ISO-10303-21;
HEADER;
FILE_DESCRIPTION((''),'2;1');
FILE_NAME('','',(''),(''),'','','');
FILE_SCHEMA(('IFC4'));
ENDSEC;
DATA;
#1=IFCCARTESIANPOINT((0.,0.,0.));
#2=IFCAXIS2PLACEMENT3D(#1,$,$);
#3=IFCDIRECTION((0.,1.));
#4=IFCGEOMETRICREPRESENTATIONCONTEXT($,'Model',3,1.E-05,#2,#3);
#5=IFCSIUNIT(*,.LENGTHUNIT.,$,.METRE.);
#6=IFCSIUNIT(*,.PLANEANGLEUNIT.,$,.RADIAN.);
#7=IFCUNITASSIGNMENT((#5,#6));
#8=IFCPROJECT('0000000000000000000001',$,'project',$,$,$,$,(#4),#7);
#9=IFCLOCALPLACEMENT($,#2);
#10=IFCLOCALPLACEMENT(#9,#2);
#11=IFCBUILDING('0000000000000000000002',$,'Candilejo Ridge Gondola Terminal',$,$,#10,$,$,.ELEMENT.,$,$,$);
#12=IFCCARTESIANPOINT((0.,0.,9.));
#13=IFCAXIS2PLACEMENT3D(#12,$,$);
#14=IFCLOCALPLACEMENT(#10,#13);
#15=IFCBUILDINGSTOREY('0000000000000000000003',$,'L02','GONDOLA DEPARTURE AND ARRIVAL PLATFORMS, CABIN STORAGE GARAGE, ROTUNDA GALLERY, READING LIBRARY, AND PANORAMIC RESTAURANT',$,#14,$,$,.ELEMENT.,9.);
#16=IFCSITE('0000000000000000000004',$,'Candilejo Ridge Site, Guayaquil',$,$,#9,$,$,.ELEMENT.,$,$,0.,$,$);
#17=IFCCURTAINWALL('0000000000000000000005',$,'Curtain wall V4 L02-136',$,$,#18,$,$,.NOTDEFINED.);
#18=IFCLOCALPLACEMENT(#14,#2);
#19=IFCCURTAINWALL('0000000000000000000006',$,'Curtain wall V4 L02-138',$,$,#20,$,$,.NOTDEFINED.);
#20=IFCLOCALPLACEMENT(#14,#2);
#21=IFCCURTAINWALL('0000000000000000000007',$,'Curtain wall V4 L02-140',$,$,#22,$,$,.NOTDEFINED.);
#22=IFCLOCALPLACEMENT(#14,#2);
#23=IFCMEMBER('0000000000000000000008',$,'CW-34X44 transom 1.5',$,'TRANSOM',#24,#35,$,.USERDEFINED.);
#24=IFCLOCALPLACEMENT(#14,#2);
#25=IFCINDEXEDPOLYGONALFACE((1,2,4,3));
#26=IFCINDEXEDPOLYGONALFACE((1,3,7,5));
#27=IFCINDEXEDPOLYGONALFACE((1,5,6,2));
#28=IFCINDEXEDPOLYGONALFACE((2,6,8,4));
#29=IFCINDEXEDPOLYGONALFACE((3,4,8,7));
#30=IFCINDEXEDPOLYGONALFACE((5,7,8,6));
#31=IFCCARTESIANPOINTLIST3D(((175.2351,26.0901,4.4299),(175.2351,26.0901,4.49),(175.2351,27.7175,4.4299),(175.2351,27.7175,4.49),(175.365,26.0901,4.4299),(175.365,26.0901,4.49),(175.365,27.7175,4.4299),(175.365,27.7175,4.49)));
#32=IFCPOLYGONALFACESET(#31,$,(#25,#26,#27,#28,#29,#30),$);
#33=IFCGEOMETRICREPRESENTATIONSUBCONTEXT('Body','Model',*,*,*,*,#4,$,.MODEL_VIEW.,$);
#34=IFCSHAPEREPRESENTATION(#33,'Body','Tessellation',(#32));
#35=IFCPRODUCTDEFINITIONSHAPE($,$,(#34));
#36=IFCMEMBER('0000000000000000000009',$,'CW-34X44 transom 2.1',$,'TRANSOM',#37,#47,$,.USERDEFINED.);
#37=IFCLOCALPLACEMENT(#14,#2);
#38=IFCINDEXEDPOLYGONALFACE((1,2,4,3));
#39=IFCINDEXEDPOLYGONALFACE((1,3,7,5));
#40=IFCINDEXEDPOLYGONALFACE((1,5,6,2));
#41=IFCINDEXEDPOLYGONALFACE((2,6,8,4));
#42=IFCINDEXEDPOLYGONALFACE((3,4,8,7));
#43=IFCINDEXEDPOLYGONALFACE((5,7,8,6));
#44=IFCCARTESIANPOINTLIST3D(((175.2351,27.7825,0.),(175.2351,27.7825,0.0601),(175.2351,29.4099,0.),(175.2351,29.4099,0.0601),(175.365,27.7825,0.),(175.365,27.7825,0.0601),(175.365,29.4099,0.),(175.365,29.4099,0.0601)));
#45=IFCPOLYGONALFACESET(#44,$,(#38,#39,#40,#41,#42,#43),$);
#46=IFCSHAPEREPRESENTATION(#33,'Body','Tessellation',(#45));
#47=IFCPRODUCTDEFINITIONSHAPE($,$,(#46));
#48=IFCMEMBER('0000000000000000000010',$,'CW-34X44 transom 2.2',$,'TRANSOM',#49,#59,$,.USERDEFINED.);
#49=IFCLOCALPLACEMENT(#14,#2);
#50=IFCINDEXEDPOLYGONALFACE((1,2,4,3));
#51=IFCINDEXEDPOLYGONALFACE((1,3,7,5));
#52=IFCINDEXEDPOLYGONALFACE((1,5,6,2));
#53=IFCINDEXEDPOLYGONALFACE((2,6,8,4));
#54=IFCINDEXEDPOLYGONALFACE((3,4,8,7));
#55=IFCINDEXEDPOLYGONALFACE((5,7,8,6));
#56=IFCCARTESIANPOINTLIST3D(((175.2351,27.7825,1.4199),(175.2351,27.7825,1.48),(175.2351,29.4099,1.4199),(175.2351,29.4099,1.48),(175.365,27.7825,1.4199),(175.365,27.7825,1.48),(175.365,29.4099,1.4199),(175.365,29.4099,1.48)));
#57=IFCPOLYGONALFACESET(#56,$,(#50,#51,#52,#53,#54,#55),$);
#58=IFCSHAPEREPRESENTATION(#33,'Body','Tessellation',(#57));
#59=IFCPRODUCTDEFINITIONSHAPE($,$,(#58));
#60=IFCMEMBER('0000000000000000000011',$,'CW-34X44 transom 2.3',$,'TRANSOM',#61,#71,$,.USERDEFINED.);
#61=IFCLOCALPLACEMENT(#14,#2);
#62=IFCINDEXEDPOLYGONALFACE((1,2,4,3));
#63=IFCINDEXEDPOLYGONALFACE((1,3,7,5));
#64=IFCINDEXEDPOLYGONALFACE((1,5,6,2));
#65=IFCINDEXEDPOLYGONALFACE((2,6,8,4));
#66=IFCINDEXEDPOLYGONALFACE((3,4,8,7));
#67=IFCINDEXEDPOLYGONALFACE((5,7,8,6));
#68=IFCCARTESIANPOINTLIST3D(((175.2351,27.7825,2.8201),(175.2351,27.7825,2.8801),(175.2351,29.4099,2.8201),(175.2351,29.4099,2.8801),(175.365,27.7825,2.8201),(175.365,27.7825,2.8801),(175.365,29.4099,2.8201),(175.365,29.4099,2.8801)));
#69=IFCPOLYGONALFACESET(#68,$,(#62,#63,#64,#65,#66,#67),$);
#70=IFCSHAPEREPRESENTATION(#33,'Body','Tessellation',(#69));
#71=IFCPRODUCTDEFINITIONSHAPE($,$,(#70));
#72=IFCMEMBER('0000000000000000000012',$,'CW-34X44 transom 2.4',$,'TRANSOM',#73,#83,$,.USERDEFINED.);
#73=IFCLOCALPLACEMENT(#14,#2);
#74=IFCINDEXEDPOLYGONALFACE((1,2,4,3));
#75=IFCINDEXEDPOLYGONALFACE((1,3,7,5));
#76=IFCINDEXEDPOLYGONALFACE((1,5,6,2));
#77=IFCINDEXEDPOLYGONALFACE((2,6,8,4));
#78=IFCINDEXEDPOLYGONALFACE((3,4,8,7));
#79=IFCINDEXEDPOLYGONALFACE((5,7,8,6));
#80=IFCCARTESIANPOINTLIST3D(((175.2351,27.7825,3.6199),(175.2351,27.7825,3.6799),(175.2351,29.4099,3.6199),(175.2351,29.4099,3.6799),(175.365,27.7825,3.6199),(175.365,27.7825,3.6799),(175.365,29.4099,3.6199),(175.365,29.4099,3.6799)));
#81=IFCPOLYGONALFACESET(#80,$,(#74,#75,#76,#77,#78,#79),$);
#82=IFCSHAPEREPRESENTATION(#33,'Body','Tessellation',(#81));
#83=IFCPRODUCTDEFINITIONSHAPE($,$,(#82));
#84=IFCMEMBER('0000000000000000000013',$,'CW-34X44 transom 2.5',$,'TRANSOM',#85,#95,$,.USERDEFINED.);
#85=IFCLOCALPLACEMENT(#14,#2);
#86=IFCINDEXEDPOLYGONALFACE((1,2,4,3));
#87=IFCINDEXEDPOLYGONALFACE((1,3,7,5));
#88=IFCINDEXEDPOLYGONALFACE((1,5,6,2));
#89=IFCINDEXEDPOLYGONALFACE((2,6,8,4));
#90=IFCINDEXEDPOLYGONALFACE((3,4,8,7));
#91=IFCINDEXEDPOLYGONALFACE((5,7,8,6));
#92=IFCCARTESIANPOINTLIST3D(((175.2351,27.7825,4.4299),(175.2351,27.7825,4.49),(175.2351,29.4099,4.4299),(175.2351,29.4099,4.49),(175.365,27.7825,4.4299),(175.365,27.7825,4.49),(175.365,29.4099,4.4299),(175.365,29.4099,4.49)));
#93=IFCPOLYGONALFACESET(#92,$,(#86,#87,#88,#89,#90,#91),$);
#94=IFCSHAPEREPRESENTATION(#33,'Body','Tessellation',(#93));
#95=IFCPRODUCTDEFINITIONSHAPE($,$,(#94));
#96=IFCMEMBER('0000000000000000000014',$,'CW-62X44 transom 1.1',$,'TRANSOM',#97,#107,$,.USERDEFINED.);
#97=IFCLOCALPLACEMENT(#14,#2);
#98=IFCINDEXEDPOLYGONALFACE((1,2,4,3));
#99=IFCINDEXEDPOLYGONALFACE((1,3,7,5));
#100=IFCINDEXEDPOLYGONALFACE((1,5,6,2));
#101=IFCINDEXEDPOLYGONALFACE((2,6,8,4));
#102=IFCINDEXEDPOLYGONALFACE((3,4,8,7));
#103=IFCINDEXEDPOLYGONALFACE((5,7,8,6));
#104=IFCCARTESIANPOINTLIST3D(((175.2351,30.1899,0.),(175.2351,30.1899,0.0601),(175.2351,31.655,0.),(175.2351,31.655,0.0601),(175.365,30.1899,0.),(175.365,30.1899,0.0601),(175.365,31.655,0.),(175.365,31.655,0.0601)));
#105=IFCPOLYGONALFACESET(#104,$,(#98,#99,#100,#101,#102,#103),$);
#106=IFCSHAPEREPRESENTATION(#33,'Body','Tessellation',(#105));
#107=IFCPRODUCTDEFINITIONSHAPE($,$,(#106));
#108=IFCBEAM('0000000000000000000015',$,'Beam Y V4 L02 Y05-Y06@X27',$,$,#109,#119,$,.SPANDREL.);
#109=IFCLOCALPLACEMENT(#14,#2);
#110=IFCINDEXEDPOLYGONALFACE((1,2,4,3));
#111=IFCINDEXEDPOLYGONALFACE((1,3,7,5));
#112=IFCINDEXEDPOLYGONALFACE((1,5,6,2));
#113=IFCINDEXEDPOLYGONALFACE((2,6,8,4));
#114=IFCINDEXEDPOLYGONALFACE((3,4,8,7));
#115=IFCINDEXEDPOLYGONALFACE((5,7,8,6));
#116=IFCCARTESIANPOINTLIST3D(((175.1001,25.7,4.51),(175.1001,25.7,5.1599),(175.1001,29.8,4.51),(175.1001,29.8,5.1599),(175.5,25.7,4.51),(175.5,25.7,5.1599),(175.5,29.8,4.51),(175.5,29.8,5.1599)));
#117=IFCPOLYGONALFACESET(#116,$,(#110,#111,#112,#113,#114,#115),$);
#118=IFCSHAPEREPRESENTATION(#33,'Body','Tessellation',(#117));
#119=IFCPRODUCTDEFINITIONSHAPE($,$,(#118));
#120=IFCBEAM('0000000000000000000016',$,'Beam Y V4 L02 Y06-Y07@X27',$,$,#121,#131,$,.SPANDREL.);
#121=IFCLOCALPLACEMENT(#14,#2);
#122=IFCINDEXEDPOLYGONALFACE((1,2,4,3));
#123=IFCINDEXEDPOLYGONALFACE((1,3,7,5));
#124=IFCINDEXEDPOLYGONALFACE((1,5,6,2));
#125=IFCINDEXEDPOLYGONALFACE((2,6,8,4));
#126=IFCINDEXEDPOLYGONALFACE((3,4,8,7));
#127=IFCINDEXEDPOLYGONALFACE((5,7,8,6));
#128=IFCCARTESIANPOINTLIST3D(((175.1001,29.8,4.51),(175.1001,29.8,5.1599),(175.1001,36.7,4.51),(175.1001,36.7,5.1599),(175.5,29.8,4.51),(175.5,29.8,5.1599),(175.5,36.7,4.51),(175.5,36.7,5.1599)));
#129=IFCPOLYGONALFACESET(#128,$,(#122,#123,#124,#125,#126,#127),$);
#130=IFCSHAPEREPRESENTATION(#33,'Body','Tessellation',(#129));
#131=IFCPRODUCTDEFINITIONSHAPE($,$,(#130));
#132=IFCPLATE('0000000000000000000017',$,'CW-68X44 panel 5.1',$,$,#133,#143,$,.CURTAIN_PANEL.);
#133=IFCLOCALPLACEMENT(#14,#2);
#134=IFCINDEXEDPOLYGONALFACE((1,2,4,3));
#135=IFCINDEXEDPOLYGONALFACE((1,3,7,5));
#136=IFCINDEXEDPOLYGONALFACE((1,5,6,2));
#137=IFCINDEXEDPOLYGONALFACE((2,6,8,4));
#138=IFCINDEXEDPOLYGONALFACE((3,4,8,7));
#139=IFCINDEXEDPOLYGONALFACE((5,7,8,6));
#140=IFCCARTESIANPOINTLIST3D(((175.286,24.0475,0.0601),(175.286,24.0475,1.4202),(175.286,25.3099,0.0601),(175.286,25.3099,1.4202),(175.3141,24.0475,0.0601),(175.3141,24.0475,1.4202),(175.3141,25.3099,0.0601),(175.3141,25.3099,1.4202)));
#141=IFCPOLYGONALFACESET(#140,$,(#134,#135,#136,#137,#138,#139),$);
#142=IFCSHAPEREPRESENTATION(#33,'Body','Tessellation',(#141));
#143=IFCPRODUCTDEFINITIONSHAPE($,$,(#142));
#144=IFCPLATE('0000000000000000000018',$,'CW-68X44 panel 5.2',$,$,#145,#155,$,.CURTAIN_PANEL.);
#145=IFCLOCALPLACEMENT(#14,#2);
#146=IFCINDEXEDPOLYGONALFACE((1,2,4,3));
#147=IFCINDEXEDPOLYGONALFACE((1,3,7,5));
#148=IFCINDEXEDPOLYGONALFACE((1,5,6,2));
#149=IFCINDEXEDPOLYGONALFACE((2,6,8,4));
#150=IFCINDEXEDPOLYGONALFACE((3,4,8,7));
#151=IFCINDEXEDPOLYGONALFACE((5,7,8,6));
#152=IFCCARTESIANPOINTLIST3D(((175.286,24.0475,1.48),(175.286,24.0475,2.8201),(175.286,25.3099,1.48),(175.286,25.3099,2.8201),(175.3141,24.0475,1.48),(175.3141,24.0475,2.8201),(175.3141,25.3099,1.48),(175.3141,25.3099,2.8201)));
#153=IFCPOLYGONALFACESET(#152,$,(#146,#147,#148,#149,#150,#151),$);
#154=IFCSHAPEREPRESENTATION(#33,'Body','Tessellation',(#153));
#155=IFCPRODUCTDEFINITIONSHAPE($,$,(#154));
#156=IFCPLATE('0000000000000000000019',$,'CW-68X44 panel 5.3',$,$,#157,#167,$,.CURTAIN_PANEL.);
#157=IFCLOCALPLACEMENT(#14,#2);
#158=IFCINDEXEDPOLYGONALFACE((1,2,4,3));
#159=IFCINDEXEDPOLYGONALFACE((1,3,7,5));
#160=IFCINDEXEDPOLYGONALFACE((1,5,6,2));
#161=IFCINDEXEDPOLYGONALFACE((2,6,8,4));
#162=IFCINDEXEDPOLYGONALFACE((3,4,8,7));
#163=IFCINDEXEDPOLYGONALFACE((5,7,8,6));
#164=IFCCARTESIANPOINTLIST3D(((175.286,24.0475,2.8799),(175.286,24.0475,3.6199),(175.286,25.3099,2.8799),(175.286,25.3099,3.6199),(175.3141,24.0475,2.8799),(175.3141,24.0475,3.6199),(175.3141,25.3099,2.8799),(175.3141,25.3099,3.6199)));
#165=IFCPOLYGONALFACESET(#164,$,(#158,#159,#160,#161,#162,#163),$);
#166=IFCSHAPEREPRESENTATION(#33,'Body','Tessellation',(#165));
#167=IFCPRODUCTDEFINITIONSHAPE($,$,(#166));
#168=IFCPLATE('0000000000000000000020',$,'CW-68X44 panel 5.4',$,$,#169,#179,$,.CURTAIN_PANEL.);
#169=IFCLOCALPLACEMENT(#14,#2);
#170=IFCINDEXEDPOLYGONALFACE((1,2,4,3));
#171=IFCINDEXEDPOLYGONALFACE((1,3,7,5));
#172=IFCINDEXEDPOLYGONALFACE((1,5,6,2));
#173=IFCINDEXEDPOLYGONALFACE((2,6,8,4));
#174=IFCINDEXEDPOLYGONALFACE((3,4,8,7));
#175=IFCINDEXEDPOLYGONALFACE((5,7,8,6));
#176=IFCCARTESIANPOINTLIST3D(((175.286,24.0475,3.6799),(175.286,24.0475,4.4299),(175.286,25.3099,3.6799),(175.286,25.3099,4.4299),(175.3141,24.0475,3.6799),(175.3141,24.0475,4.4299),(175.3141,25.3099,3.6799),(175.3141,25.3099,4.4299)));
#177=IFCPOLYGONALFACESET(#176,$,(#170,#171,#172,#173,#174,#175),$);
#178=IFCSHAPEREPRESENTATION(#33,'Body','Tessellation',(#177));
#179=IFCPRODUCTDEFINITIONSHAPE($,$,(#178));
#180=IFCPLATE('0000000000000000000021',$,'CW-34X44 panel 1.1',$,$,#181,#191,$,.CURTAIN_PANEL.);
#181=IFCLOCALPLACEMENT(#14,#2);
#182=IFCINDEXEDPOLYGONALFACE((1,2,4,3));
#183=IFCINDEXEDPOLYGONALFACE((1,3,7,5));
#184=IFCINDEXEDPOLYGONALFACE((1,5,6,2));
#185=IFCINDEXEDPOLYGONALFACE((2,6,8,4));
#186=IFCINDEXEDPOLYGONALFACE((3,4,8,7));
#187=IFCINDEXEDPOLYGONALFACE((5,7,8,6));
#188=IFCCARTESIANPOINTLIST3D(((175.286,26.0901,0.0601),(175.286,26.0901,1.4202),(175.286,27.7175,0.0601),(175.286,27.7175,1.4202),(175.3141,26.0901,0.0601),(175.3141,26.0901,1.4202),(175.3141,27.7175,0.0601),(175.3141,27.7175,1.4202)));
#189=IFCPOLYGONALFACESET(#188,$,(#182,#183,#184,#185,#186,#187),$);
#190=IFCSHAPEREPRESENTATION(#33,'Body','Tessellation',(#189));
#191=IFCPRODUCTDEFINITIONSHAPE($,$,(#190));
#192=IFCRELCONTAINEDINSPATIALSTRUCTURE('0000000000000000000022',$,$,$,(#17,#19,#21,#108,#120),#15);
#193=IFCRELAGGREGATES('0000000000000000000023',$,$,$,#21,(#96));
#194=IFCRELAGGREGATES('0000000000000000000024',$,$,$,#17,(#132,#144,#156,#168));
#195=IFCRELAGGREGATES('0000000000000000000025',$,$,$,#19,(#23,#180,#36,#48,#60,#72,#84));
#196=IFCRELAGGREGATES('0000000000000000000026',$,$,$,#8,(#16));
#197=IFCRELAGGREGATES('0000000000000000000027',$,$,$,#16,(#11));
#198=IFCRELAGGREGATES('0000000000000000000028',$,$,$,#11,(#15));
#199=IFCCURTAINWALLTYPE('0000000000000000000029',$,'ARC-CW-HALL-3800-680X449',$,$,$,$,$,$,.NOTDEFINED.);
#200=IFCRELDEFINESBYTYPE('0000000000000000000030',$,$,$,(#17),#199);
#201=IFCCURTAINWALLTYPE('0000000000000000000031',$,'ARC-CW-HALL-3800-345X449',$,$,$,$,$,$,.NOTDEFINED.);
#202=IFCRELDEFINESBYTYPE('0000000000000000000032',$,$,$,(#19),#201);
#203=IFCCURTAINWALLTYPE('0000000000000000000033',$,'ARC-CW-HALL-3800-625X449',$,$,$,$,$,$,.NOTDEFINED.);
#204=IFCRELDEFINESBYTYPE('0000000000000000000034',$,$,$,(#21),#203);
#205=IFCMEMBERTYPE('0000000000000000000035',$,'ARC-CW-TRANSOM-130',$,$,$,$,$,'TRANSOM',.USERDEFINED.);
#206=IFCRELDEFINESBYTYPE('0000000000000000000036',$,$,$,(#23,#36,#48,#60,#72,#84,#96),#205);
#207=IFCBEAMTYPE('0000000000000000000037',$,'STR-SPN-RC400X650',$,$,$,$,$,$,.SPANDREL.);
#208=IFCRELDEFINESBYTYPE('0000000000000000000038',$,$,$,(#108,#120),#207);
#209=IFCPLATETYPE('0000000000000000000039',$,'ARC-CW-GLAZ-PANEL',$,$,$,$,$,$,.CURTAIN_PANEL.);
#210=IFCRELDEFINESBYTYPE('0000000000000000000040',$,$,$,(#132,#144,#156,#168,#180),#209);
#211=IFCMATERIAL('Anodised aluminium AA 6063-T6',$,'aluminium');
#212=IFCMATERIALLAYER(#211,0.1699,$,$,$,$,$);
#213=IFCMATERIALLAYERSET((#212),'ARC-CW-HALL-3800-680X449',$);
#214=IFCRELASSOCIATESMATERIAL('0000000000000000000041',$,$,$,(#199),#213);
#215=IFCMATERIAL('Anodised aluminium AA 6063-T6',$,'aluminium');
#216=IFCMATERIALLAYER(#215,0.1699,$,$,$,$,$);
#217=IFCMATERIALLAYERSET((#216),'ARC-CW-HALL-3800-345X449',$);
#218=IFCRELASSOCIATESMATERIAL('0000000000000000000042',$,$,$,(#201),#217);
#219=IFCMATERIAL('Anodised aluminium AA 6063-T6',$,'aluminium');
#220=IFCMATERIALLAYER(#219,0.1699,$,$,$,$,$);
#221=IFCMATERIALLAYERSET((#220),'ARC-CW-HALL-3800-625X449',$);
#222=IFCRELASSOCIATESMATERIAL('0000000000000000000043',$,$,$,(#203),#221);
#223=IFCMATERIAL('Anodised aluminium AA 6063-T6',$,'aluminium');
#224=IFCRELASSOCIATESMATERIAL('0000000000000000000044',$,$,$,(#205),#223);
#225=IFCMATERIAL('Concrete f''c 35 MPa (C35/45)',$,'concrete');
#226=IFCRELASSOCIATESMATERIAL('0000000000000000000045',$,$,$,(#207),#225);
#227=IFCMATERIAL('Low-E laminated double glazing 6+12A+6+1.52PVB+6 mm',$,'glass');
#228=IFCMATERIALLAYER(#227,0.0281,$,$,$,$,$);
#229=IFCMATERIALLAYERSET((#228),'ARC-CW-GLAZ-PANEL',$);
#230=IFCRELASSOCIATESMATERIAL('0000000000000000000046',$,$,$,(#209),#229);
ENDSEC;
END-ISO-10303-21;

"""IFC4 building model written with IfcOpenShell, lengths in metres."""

from ifc_helpers import new_model, si_unit, direction, frame, origin, origin_2d, place, context, subcontext, project, spatial, rectangle, extrude, material, layer, layer_set, material_profile, profile_set, type_object, element, aggregate, save


model = new_model("IFC4")

# Units and contexts
model_context = context("Model", 3, precision=1e-05, world=origin(), true_north=direction((0.0, 1.0)))
body_context = subcontext(model_context, "Body", "Model", "MODEL_VIEW")
ifc_project = project(units=[si_unit("LENGTHUNIT", "METRE"), si_unit("PLANEANGLEUNIT", "RADIAN")], contexts=[model_context])

# Site, building, storey
site_placement = place(None, origin())
site = spatial("IfcSite", under=ifc_project, at=site_placement, Name="Candilejo Ridge Site, Guayaquil", CompositionType="ELEMENT", RefElevation=0.0)
building_placement = place(site_placement, origin())
building = spatial("IfcBuilding", under=site, at=building_placement, Name="Candilejo Ridge Gondola Terminal", CompositionType="ELEMENT")
storey_placement = place(building_placement, frame((0.0, 0.0, 9.0)))
storey = spatial("IfcBuildingStorey", under=building, at=storey_placement, Name="L02", Description="GONDOLA DEPARTURE AND ARRIVAL PLATFORMS, CABIN STORAGE GARAGE, ROTUNDA GALLERY, READING LIBRARY, AND PANORAMIC RESTAURANT", CompositionType="ELEMENT", Elevation=9.0)

# Curtain wall
ifc_material_1 = material(Name="Anodised aluminium AA 6063-T6", Category="aluminium")
ifc_layer_1 = layer(ifc_material_1, 0.1699)
ifc_layer_set_1 = layer_set([ifc_layer_1], Name="ARC-CW-HALL-3800-680X449")
curtain_wall_type_1 = type_object("IfcCurtainWallType", Name="ARC-CW-HALL-3800-680X449", PredefinedType="NOTDEFINED", material=ifc_layer_set_1)
curtain_wall_1_placement = place(storey_placement, origin())
curtain_wall_1 = element("IfcCurtainWall", 1, at=curtain_wall_1_placement, inside=storey, type_object=curtain_wall_type_1, Name="Curtain wall V4 L02-136", PredefinedType="NOTDEFINED")

# Curtain wall
ifc_material_2 = material(Name="Anodised aluminium AA 6063-T6", Category="aluminium")
ifc_layer_2 = layer(ifc_material_2, 0.1699)
ifc_layer_set_2 = layer_set([ifc_layer_2], Name="ARC-CW-HALL-3800-345X449")
curtain_wall_type_2 = type_object("IfcCurtainWallType", Name="ARC-CW-HALL-3800-345X449", PredefinedType="NOTDEFINED", material=ifc_layer_set_2)
curtain_wall_2_placement = place(storey_placement, origin())
curtain_wall_2 = element("IfcCurtainWall", 2, at=curtain_wall_2_placement, inside=storey, type_object=curtain_wall_type_2, Name="Curtain wall V4 L02-138", PredefinedType="NOTDEFINED")

# Curtain wall
ifc_material_3 = material(Name="Anodised aluminium AA 6063-T6", Category="aluminium")
ifc_layer_3 = layer(ifc_material_3, 0.1699)
ifc_layer_set_3 = layer_set([ifc_layer_3], Name="ARC-CW-HALL-3800-625X449")
curtain_wall_type_3 = type_object("IfcCurtainWallType", Name="ARC-CW-HALL-3800-625X449", PredefinedType="NOTDEFINED", material=ifc_layer_set_3)
curtain_wall_3_placement = place(storey_placement, origin())
curtain_wall_3 = element("IfcCurtainWall", 3, at=curtain_wall_3_placement, inside=storey, type_object=curtain_wall_type_3, Name="Curtain wall V4 L02-140", PredefinedType="NOTDEFINED")

# Members
ifc_material_4 = material(Name="Anodised aluminium AA 6063-T6", Category="aluminium")
ifc_material_profile_1 = material_profile(ifc_material_4, rectangle(XDim=0.1299, YDim=0.0601, at=origin_2d()))
ifc_profile_set_1 = profile_set([ifc_material_profile_1], Name="Anodised aluminium AA 6063-T6")
member_type_1 = type_object("IfcMemberType", Name="ARC-CW-TRANSOM-130", ElementType="TRANSOM", PredefinedType="USERDEFINED", material=ifc_profile_set_1)
member_1_placement = place(storey_placement, frame((175.3, 26.0901, 4.46), z_axis=(0.0, 1.0, 0.0), x_axis=(-1.0, 0.0, 0.0)))
member_1 = element("IfcMember", 4, at=member_1_placement, type_object=member_type_1, Name="CW-34X44 transom 1.5", ObjectType="TRANSOM", PredefinedType="USERDEFINED", context=body_context, shape_type="SweptSolid", body=[
    extrude(rectangle(XDim=0.1299, YDim=0.0601, at=origin_2d()), origin(), (0.0, 0.0, 1.0), 1.6274),
])
member_2_placement = place(storey_placement, frame((175.3, 27.7825, 0.03), z_axis=(0.0, 1.0, 0.0), x_axis=(-1.0, 0.0, 0.0)))
member_2 = element("IfcMember", 5, at=member_2_placement, type_object=member_type_1, Name="CW-34X44 transom 2.1", ObjectType="TRANSOM", PredefinedType="USERDEFINED", context=body_context, shape_type="SweptSolid", body=[
    extrude(rectangle(XDim=0.1299, YDim=0.0601, at=origin_2d()), origin(), (0.0, 0.0, 1.0), 1.6274),
])
member_3_placement = place(storey_placement, frame((175.3, 27.7825, 1.45), z_axis=(0.0, 1.0, 0.0), x_axis=(-1.0, 0.0, 0.0)))
member_3 = element("IfcMember", 6, at=member_3_placement, type_object=member_type_1, Name="CW-34X44 transom 2.2", ObjectType="TRANSOM", PredefinedType="USERDEFINED", context=body_context, shape_type="SweptSolid", body=[
    extrude(rectangle(XDim=0.1299, YDim=0.0601, at=origin_2d()), origin(), (0.0, 0.0, 1.0), 1.6274),
])
member_4_placement = place(storey_placement, frame((175.3, 27.7825, 2.8501), z_axis=(0.0, 1.0, 0.0), x_axis=(-1.0, 0.0, 0.0)))
member_4 = element("IfcMember", 7, at=member_4_placement, type_object=member_type_1, Name="CW-34X44 transom 2.3", ObjectType="TRANSOM", PredefinedType="USERDEFINED", context=body_context, shape_type="SweptSolid", body=[
    extrude(rectangle(XDim=0.1299, YDim=0.0601, at=origin_2d()), origin(), (0.0, 0.0, 1.0), 1.6274),
])
member_5_placement = place(storey_placement, frame((175.3, 27.7825, 3.6499), z_axis=(0.0, 1.0, 0.0), x_axis=(-1.0, 0.0, 0.0)))
member_5 = element("IfcMember", 8, at=member_5_placement, type_object=member_type_1, Name="CW-34X44 transom 2.4", ObjectType="TRANSOM", PredefinedType="USERDEFINED", context=body_context, shape_type="SweptSolid", body=[
    extrude(rectangle(XDim=0.1299, YDim=0.0601, at=origin_2d()), origin(), (0.0, 0.0, 1.0), 1.6274),
])
member_6_placement = place(storey_placement, frame((175.3, 27.7825, 4.46), z_axis=(0.0, 1.0, 0.0), x_axis=(-1.0, 0.0, 0.0)))
member_6 = element("IfcMember", 9, at=member_6_placement, type_object=member_type_1, Name="CW-34X44 transom 2.5", ObjectType="TRANSOM", PredefinedType="USERDEFINED", context=body_context, shape_type="SweptSolid", body=[
    extrude(rectangle(XDim=0.1299, YDim=0.0601, at=origin_2d()), origin(), (0.0, 0.0, 1.0), 1.6274),
])
member_7_placement = place(storey_placement, frame((175.3, 30.1899, 0.03), z_axis=(0.0, 1.0, 0.0), x_axis=(-1.0, 0.0, 0.0)))
member_7 = element("IfcMember", 10, at=member_7_placement, type_object=member_type_1, Name="CW-62X44 transom 1.1", ObjectType="TRANSOM", PredefinedType="USERDEFINED", context=body_context, shape_type="SweptSolid", body=[
    extrude(rectangle(XDim=0.1299, YDim=0.0601, at=origin_2d()), origin(), (0.0, 0.0, 1.0), 1.4651),
])
aggregate(curtain_wall_3, [member_7])

# Beams
ifc_material_5 = material(Name="Concrete f'c 35 MPa (C35/45)", Category="concrete")
ifc_material_profile_2 = material_profile(ifc_material_5, rectangle(XDim=0.3999, YDim=0.6499, at=origin_2d()))
ifc_profile_set_2 = profile_set([ifc_material_profile_2], Name="Concrete f'c 35 MPa (C35/45)")
beam_type = type_object("IfcBeamType", Name="STR-SPN-RC400X650", PredefinedType="SPANDREL", material=ifc_profile_set_2)
beam_1_placement = place(storey_placement, frame((175.3, 25.7, 4.835), z_axis=(0.0, 1.0, 0.0), x_axis=(-1.0, 0.0, 0.0)))
element("IfcBeam", 11, at=beam_1_placement, inside=storey, type_object=beam_type, Name="Beam Y V4 L02 Y05-Y06@X27", PredefinedType="SPANDREL", context=body_context, shape_type="SweptSolid", body=[
    extrude(rectangle(XDim=0.3999, YDim=0.6499, at=origin_2d()), origin(), (0.0, 0.0, 1.0), 4.1001),
])
beam_2_placement = place(storey_placement, frame((175.3, 29.8, 4.835), z_axis=(0.0, 1.0, 0.0), x_axis=(-1.0, 0.0, 0.0)))
element("IfcBeam", 12, at=beam_2_placement, inside=storey, type_object=beam_type, Name="Beam Y V4 L02 Y06-Y07@X27", PredefinedType="SPANDREL", context=body_context, shape_type="SweptSolid", body=[
    extrude(rectangle(XDim=0.3999, YDim=0.6499, at=origin_2d()), origin(), (0.0, 0.0, 1.0), 6.8999),
])

# Plates
ifc_material_6 = material(Name="Low-E laminated double glazing 6+12A+6+1.52PVB+6 mm", Category="glass")
ifc_layer_4 = layer(ifc_material_6, 0.0281)
ifc_layer_set_4 = layer_set([ifc_layer_4], Name="ARC-CW-GLAZ-PANEL")
plate_type = type_object("IfcPlateType", Name="ARC-CW-GLAZ-PANEL", PredefinedType="CURTAIN_PANEL", material=ifc_layer_set_4)
plate_1_placement = place(storey_placement, frame((175.3, 24.6787, 0.0601), z_axis=(0.0, 0.0, 1.0), x_axis=(0.0, 1.0, 0.0)))
plate_1 = element("IfcPlate", 13, at=plate_1_placement, type_object=plate_type, Name="CW-68X44 panel 5.1", PredefinedType="CURTAIN_PANEL", context=body_context, shape_type="SweptSolid", body=[
    extrude(rectangle(XDim=1.2625, YDim=0.0281, at=origin_2d()), origin(), (0.0, 0.0, 1.0), 1.3601),
])
plate_2_placement = place(storey_placement, frame((175.3, 24.6787, 1.48), z_axis=(0.0, 0.0, 1.0), x_axis=(0.0, 1.0, 0.0)))
plate_2 = element("IfcPlate", 14, at=plate_2_placement, type_object=plate_type, Name="CW-68X44 panel 5.2", PredefinedType="CURTAIN_PANEL", context=body_context, shape_type="SweptSolid", body=[
    extrude(rectangle(XDim=1.2625, YDim=0.0281, at=origin_2d()), origin(), (0.0, 0.0, 1.0), 1.3401),
])
plate_3_placement = place(storey_placement, frame((175.3, 24.6787, 2.8799), z_axis=(0.0, 0.0, 1.0), x_axis=(0.0, 1.0, 0.0)))
plate_3 = element("IfcPlate", 15, at=plate_3_placement, type_object=plate_type, Name="CW-68X44 panel 5.3", PredefinedType="CURTAIN_PANEL", context=body_context, shape_type="SweptSolid", body=[
    extrude(rectangle(XDim=1.2625, YDim=0.0281, at=origin_2d()), origin(), (0.0, 0.0, 1.0), 0.74),
])
plate_4_placement = place(storey_placement, frame((175.3, 24.6787, 3.6799), z_axis=(0.0, 0.0, 1.0), x_axis=(0.0, 1.0, 0.0)))
plate_4 = element("IfcPlate", 16, at=plate_4_placement, type_object=plate_type, Name="CW-68X44 panel 5.4", PredefinedType="CURTAIN_PANEL", context=body_context, shape_type="SweptSolid", body=[
    extrude(rectangle(XDim=1.2625, YDim=0.0281, at=origin_2d()), origin(), (0.0, 0.0, 1.0), 0.75),
])
aggregate(curtain_wall_1, [plate_1, plate_2, plate_3, plate_4])
plate_5_placement = place(storey_placement, frame((175.3, 26.9038, 0.0601), z_axis=(0.0, 0.0, 1.0), x_axis=(0.0, 1.0, 0.0)))
plate_5 = element("IfcPlate", 17, at=plate_5_placement, type_object=plate_type, Name="CW-34X44 panel 1.1", PredefinedType="CURTAIN_PANEL", context=body_context, shape_type="SweptSolid", body=[
    extrude(rectangle(XDim=1.6274, YDim=0.0281, at=origin_2d()), origin(), (0.0, 0.0, 1.0), 1.3601),
])
aggregate(curtain_wall_2, [member_1, plate_5, member_2, member_3, member_4, member_5, member_6])

save(model, "model.ifc")
